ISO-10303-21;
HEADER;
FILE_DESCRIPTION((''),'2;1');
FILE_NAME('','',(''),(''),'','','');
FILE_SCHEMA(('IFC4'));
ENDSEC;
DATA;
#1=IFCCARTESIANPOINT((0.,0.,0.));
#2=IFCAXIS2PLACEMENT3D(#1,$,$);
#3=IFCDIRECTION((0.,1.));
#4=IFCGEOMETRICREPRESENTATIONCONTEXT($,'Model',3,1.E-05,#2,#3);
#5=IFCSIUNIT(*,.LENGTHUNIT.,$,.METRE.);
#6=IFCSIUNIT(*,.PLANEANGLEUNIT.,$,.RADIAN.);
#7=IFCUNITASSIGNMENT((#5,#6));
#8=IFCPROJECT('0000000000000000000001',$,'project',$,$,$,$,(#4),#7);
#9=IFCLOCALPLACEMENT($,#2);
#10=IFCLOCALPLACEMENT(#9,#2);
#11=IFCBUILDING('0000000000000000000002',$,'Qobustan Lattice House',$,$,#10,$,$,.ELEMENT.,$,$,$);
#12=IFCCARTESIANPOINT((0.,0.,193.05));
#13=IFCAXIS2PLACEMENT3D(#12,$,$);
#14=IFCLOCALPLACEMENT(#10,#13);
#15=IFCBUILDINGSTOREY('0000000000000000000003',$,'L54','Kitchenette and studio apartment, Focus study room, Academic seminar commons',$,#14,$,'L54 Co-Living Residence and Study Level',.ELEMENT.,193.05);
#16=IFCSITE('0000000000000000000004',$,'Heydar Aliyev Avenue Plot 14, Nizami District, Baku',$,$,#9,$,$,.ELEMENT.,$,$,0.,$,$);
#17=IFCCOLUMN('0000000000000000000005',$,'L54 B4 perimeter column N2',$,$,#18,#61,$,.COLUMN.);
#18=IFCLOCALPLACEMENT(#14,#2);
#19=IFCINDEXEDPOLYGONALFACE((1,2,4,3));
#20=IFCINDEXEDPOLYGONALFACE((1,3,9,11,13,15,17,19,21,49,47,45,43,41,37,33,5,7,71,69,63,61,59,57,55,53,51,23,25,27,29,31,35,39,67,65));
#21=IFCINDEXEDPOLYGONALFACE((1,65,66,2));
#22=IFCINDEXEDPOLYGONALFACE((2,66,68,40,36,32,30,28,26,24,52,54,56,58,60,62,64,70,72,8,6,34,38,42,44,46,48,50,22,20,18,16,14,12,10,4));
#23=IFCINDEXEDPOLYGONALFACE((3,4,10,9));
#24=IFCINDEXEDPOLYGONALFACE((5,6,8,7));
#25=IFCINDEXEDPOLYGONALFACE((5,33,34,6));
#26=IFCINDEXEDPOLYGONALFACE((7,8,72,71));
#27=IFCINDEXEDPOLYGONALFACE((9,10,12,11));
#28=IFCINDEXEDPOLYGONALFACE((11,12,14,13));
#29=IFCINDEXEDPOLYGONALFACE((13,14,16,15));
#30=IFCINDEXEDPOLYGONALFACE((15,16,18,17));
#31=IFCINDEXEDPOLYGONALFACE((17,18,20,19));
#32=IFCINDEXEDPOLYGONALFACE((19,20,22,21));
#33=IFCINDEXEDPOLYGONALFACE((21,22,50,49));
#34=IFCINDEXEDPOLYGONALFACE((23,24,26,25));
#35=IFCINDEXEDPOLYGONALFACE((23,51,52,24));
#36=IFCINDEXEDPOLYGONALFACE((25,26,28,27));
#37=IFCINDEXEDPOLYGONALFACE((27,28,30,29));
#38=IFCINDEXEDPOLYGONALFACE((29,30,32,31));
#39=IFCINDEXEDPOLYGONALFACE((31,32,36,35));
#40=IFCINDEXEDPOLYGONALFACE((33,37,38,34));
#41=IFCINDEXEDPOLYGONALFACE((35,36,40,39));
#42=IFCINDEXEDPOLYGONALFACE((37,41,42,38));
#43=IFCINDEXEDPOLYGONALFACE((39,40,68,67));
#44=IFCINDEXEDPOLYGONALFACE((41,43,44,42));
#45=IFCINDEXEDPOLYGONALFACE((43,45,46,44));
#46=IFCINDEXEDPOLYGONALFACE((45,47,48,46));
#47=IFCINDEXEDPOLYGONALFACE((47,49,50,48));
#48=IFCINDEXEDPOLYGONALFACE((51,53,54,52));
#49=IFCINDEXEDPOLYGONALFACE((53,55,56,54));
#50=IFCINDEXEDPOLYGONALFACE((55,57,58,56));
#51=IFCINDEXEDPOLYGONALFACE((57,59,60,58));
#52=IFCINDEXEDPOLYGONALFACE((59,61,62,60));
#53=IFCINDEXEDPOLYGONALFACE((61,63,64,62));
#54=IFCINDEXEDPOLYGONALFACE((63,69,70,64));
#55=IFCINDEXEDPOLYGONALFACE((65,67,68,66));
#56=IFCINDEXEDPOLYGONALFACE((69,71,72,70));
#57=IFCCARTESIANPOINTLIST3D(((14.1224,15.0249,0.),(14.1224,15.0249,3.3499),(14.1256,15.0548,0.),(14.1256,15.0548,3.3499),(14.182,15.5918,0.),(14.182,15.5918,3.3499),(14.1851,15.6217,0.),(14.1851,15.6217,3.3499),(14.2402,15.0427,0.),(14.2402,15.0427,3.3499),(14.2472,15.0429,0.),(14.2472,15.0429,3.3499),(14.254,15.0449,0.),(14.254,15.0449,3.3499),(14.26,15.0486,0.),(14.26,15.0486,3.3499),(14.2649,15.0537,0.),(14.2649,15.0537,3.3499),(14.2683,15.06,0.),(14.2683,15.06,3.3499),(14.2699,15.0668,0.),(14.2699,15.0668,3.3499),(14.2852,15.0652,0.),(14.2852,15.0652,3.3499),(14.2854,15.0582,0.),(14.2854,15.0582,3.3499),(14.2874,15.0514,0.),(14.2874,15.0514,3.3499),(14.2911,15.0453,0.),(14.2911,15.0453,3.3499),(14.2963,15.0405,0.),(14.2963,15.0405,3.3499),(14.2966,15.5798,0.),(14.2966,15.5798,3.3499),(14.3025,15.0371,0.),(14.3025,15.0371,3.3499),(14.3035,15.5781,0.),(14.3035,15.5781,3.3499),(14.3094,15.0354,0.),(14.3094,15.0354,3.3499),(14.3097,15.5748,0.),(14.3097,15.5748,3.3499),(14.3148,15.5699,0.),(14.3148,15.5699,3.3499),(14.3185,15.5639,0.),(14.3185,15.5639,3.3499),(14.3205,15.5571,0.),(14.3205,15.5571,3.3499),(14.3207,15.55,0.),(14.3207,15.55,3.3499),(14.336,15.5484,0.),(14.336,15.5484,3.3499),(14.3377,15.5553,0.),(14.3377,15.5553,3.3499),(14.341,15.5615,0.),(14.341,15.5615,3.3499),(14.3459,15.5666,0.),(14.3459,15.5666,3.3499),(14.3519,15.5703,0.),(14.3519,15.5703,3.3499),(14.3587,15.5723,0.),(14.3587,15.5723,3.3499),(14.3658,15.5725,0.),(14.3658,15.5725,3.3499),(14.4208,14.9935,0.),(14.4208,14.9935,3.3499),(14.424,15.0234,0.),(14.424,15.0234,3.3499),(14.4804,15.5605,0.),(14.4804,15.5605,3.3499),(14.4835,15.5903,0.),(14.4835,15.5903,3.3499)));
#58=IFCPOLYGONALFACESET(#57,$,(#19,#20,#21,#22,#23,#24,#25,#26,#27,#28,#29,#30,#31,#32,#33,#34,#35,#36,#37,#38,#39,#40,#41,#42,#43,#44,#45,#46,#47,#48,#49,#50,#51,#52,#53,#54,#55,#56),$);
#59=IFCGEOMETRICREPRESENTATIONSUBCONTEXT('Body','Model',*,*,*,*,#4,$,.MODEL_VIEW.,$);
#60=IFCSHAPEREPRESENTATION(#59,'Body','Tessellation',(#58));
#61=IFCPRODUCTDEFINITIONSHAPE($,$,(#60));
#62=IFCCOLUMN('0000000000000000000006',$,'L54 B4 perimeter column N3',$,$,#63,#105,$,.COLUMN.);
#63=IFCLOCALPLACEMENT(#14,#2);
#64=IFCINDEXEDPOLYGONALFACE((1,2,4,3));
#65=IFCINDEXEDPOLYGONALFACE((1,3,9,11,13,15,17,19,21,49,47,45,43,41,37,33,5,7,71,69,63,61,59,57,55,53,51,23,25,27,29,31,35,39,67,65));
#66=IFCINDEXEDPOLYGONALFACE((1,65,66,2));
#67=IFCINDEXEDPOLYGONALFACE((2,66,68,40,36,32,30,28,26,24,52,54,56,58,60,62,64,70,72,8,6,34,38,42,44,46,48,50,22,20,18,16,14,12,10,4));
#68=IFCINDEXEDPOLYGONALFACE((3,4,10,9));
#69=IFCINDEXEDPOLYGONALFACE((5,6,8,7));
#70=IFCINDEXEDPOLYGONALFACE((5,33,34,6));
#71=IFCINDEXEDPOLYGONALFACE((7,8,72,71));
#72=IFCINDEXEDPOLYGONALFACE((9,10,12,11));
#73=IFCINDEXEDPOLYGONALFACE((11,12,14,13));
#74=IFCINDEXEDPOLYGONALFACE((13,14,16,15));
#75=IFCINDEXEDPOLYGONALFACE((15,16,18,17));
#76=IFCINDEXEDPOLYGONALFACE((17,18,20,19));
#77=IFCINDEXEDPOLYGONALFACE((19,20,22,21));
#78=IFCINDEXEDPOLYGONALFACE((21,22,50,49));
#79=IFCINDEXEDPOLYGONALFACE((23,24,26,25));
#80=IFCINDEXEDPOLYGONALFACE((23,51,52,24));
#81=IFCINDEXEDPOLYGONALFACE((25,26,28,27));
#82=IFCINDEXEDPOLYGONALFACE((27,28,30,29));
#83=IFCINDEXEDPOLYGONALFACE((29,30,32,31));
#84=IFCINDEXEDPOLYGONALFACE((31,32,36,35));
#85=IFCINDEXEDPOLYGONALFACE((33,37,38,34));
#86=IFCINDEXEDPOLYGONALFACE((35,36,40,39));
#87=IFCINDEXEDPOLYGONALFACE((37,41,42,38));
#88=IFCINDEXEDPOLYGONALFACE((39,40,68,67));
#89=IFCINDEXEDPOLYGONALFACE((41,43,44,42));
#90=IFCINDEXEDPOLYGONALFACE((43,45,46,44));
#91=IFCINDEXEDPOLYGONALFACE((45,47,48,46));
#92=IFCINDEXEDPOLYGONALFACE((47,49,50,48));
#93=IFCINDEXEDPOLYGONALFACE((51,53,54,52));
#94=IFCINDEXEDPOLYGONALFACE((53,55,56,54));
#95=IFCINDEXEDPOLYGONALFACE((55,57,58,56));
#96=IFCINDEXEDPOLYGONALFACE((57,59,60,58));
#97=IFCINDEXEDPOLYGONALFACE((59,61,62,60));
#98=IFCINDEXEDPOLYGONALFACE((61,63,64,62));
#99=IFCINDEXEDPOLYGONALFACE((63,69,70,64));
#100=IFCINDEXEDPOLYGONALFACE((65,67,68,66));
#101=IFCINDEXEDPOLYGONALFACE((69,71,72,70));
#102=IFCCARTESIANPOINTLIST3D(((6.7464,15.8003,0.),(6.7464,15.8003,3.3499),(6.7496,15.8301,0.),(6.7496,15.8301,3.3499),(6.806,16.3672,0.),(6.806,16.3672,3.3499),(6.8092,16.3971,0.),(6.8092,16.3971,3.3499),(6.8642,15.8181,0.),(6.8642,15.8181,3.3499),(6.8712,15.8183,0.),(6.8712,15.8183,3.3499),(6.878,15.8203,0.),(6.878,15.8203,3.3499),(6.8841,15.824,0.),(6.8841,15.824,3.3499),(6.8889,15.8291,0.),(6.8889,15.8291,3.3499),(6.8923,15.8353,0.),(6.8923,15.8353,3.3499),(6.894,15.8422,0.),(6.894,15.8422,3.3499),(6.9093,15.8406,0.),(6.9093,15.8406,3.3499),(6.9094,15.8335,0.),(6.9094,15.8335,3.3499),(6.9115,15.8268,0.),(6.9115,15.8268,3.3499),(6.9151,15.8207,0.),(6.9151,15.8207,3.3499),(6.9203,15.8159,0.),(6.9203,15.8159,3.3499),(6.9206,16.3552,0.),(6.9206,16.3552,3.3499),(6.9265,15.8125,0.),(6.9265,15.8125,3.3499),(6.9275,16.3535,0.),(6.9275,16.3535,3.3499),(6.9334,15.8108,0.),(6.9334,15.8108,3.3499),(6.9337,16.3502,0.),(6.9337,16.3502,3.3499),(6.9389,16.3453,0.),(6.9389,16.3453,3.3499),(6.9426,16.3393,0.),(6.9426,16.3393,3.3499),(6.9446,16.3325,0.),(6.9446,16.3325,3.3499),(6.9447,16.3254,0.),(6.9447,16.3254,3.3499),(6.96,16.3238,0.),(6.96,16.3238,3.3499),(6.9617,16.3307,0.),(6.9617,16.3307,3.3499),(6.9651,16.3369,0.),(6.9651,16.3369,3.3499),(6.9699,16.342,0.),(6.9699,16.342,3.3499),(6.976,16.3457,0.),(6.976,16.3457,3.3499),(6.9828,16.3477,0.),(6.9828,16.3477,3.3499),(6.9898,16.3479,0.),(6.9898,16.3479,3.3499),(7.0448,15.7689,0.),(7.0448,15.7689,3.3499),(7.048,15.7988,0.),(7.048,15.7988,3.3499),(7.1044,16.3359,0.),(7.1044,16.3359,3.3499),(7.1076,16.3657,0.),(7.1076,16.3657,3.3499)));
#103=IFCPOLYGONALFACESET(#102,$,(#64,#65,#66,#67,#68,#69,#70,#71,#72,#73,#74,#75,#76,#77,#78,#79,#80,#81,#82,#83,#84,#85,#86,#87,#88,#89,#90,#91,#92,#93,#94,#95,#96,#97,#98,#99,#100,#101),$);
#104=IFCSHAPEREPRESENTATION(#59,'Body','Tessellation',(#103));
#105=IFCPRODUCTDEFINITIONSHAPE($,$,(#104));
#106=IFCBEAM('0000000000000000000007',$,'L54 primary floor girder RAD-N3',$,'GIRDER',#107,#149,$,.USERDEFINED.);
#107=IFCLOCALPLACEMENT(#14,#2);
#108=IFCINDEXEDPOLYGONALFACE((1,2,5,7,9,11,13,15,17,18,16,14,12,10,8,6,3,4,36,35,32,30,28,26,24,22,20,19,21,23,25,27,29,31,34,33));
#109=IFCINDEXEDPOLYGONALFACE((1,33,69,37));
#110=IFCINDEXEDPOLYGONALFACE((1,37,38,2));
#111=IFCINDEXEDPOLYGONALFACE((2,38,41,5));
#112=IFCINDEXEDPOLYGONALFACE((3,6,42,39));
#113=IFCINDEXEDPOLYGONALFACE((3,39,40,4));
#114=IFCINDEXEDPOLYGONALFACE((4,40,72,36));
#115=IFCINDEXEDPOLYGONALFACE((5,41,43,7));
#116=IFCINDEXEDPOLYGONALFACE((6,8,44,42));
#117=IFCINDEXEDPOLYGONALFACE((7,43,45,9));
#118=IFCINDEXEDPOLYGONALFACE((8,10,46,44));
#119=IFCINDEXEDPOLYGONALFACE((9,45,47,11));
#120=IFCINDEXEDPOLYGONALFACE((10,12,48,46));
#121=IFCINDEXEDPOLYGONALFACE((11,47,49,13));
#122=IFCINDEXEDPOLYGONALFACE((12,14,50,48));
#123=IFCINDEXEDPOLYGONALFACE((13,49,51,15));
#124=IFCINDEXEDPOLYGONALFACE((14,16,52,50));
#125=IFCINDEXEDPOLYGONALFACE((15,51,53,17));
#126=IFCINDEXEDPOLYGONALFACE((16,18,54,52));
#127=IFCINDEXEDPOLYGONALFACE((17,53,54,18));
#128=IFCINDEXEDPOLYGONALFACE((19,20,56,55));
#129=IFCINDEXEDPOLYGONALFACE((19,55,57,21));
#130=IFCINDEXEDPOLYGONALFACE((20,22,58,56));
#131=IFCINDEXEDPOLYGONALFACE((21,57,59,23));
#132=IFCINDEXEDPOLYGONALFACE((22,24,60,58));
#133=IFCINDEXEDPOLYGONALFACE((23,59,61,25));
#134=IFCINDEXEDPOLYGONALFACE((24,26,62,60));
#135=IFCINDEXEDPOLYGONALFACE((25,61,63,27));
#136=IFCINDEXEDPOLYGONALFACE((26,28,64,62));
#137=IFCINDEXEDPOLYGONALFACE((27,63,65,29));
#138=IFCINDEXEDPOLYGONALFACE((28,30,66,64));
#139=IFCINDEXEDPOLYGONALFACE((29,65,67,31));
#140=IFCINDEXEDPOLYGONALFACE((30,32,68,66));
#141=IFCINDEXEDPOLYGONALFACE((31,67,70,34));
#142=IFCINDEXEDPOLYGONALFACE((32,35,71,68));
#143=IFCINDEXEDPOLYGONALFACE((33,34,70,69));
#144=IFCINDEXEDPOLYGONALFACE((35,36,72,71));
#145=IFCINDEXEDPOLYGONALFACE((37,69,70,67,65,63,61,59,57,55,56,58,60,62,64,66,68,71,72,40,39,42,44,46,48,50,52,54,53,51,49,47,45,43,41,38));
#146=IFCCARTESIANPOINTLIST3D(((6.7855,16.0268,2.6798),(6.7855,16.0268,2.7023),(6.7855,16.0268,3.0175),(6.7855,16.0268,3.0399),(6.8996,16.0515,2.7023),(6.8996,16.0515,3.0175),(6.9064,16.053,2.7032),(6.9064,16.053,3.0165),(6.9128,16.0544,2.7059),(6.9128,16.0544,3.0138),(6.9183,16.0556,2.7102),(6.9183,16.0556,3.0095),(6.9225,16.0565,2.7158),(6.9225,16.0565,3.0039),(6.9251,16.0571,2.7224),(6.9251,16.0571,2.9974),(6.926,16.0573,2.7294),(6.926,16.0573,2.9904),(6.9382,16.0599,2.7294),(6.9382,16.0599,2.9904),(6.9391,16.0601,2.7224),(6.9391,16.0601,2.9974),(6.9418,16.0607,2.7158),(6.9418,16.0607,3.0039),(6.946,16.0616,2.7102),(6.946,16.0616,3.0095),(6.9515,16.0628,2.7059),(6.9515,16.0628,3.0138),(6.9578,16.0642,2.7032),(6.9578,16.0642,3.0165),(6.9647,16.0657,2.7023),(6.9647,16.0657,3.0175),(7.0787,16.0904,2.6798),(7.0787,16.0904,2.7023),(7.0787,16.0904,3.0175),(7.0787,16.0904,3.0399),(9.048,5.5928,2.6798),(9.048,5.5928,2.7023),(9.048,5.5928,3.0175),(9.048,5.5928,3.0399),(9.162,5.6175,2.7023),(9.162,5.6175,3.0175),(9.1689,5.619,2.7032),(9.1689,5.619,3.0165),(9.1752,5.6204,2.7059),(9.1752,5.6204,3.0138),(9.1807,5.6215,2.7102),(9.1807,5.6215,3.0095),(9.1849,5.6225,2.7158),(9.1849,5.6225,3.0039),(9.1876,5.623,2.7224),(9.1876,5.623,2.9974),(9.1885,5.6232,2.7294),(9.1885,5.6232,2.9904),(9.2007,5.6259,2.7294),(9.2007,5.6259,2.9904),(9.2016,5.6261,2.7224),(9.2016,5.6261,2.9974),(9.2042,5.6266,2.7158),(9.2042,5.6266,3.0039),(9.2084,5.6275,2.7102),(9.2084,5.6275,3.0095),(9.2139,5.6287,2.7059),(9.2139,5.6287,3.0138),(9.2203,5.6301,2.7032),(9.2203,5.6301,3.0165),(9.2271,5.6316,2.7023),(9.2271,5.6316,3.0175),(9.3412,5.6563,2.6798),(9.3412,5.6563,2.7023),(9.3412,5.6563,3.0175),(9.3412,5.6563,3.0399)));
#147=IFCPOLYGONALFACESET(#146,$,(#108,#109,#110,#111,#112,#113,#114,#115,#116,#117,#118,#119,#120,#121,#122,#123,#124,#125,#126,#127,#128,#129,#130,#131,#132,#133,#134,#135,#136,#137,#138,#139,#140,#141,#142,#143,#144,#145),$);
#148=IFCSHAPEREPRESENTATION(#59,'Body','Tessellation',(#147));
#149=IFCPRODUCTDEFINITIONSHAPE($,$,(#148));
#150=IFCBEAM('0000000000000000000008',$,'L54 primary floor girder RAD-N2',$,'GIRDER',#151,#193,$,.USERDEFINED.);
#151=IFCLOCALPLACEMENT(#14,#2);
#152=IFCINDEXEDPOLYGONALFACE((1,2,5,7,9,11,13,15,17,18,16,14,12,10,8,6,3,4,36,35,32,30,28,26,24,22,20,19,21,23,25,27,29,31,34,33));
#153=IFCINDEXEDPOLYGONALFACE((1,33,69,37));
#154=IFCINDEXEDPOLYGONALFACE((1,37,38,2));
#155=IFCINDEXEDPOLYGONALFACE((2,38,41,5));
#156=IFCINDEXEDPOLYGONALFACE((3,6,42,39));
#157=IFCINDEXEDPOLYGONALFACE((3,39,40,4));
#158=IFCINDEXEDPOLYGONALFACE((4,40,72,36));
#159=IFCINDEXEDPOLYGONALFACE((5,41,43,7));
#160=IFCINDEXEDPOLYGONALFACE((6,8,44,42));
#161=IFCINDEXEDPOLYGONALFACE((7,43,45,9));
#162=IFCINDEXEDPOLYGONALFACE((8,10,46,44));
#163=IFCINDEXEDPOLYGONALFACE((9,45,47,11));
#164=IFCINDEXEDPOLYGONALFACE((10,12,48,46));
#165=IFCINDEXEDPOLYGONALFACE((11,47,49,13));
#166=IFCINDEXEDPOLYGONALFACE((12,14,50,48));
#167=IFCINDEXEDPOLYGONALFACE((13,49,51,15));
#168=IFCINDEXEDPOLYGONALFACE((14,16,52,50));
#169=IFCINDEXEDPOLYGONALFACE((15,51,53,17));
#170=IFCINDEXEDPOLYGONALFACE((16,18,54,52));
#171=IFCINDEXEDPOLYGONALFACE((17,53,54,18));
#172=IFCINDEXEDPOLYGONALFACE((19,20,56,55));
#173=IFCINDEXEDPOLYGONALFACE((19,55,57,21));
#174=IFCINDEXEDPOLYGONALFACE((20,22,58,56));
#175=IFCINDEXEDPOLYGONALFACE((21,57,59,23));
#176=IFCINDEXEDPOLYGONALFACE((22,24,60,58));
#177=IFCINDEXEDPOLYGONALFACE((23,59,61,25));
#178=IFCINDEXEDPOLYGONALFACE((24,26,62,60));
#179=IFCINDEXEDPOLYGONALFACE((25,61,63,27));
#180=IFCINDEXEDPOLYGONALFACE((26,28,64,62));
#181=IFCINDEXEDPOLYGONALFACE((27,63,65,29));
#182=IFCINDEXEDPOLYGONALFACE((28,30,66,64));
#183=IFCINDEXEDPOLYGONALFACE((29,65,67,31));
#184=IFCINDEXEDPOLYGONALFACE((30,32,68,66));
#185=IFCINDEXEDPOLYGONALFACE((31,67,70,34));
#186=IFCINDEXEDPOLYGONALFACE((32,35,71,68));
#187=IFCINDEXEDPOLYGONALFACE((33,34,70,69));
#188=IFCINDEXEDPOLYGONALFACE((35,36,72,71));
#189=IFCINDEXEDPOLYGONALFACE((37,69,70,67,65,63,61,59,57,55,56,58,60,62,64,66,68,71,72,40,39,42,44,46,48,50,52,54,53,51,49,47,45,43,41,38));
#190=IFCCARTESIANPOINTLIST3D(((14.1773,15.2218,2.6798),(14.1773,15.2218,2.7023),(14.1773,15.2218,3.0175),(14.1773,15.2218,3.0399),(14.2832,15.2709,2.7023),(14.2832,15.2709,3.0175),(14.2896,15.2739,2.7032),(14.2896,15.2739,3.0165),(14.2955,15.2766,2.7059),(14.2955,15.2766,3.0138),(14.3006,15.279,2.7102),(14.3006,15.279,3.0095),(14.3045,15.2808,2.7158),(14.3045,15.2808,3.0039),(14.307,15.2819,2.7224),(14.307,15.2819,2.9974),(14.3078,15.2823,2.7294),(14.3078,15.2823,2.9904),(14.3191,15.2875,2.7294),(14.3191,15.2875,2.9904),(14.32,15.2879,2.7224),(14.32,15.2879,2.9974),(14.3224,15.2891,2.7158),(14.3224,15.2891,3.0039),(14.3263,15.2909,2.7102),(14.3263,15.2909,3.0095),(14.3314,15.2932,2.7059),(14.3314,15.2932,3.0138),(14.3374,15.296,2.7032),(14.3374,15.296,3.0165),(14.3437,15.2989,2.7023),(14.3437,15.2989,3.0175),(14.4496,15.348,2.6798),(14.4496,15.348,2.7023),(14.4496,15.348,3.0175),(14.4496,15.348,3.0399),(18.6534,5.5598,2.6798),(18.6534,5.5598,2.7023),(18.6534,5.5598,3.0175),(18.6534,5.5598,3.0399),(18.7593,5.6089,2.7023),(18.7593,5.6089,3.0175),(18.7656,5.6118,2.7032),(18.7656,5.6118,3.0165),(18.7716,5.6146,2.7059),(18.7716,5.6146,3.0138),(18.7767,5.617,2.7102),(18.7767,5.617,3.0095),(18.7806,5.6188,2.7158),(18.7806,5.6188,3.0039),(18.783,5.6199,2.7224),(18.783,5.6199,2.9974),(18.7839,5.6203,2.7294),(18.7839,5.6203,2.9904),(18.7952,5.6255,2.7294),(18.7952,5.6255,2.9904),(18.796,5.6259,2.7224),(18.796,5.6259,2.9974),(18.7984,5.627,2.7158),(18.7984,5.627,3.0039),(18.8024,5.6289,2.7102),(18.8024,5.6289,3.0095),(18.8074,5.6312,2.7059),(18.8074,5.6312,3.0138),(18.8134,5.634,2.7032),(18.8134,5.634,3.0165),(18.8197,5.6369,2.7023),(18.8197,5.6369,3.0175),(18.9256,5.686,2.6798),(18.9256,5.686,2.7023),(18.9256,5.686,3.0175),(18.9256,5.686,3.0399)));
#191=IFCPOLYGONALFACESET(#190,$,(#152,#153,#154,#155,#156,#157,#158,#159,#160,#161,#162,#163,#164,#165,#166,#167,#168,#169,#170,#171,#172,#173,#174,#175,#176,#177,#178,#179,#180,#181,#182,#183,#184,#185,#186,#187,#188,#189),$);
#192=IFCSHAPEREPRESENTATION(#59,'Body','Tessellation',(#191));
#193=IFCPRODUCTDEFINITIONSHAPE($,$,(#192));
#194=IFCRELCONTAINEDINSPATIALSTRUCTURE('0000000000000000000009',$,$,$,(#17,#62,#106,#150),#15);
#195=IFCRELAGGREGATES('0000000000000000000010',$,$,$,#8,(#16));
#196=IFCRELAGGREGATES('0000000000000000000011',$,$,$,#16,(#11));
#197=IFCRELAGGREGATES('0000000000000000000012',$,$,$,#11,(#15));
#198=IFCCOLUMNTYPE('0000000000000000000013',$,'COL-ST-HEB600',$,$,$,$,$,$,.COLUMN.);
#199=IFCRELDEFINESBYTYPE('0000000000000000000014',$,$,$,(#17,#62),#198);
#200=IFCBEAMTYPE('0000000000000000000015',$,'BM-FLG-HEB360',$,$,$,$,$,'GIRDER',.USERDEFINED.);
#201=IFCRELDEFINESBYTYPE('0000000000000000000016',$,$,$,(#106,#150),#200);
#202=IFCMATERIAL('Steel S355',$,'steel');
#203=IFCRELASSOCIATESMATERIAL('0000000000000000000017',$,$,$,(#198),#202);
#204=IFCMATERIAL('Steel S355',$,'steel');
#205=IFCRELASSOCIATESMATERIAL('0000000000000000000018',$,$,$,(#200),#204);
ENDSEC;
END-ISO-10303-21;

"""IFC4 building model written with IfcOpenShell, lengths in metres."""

from ifc_helpers import new_model, si_unit, direction, frame, origin, origin_2d, place, context, subcontext, project, spatial, i_section, extrude, material, material_profile, profile_set, type_object, element, save


model = new_model("IFC4")

# Units and contexts
model_context = context("Model", 3, precision=1e-05, world=origin(), true_north=direction((0.0, 1.0)))
body_context = subcontext(model_context, "Body", "Model", "MODEL_VIEW")
ifc_project = project(units=[si_unit("LENGTHUNIT", "METRE"), si_unit("PLANEANGLEUNIT", "RADIAN")], contexts=[model_context])

# Site, building, storey
site_placement = place(None, origin())
site = spatial("IfcSite", under=ifc_project, at=site_placement, Name="Heydar Aliyev Avenue Plot 14, Nizami District, Baku", CompositionType="ELEMENT", RefElevation=0.0)
building_placement = place(site_placement, origin())
building = spatial("IfcBuilding", under=site, at=building_placement, Name="Qobustan Lattice House", CompositionType="ELEMENT")
storey_placement = place(building_placement, frame((0.0, 0.0, 193.05)))
storey = spatial("IfcBuildingStorey", under=building, at=storey_placement, Name="L54", Description="Kitchenette and studio apartment, Focus study room, Academic seminar commons", LongName="L54 Co-Living Residence and Study Level", CompositionType="ELEMENT", Elevation=193.05)

# Columns
ifc_material_1 = material(Name="Steel S355", Category="steel")
ifc_material_profile_1 = material_profile(ifc_material_1, i_section(OverallWidth=0.3, OverallDepth=0.6001, WebThickness=0.0154, FlangeThickness=0.03, FilletRadius=0.0271, at=origin_2d()), Name="HEB600")
ifc_profile_set_1 = profile_set([ifc_material_profile_1], Name="Steel S355")
column_type = type_object("IfcColumnType", Name="COL-ST-HEB600", PredefinedType="COLUMN", material=ifc_profile_set_1)
for number, where, z_axis, x_axis, name in (
    (1, (14.303, 15.3076, 0.0), (0.0, 0.0, 1.0), (0.994522, -0.104528, 0.0), "L54 B4 perimeter column N2"),
    (2, (6.927, 16.083, 0.0), (0.0, 0.0, 1.0), (0.994522, -0.104528, 0.0), "L54 B4 perimeter column N3"),
):
    element("IfcColumn", number, at=place(storey_placement, frame(where, z_axis=z_axis, x_axis=x_axis)), inside=storey, type_object=column_type, Name=name, PredefinedType="COLUMN", context=body_context, shape_type="SweptSolid", body=[
        extrude(i_section(OverallWidth=0.3, OverallDepth=0.6001, WebThickness=0.0154, FlangeThickness=0.03, FilletRadius=0.0271, at=origin_2d()), origin(), (0.0, 0.0, 1.0), 3.3499),
    ])

# Beams
ifc_material_2 = material(Name="Steel S355", Category="steel")
ifc_material_profile_2 = material_profile(ifc_material_2, i_section(OverallWidth=0.3, OverallDepth=0.3601, WebThickness=0.0125, FlangeThickness=0.0225, FilletRadius=0.0271, at=origin_2d()), Name="HEB360")
ifc_profile_set_2 = profile_set([ifc_material_profile_2], Name="Steel S355")
beam_type_1 = type_object("IfcBeamType", Name="BM-FLG-HEB360", ElementType="GIRDER", PredefinedType="USERDEFINED", material=ifc_profile_set_2)
beam_1_placement = place(storey_placement, frame((6.9321, 16.0586, 2.8599), z_axis=(0.211908, -0.97729, 0.0), x_axis=(0.97729, 0.211908, 0.0)))
element("IfcBeam", 3, at=beam_1_placement, inside=storey, type_object=beam_type_1, Name="L54 primary floor girder RAD-N3", ObjectType="GIRDER", PredefinedType="USERDEFINED", context=body_context, shape_type="SweptSolid", body=[
    extrude(i_section(OverallWidth=0.3, OverallDepth=0.3601, WebThickness=0.0125, FlangeThickness=0.0225, FilletRadius=0.0271, at=origin_2d()), origin(), (0.0, 0.0, 1.0), 10.6765),
])
beam_2_placement = place(storey_placement, frame((14.3135, 15.2849, 2.8599), z_axis=(0.420346, -0.907364, 0.0), x_axis=(0.907364, 0.420346, 0.0)))
element("IfcBeam", 4, at=beam_2_placement, inside=storey, type_object=beam_type_1, Name="L54 primary floor girder RAD-N2", ObjectType="GIRDER", PredefinedType="USERDEFINED", context=body_context, shape_type="SweptSolid", body=[
    extrude(i_section(OverallWidth=0.3, OverallDepth=0.3601, WebThickness=0.0125, FlangeThickness=0.0225, FilletRadius=0.0271, at=origin_2d()), origin(), (0.0, 0.0, 1.0), 10.6484),
])

save(model, "model.ifc")
